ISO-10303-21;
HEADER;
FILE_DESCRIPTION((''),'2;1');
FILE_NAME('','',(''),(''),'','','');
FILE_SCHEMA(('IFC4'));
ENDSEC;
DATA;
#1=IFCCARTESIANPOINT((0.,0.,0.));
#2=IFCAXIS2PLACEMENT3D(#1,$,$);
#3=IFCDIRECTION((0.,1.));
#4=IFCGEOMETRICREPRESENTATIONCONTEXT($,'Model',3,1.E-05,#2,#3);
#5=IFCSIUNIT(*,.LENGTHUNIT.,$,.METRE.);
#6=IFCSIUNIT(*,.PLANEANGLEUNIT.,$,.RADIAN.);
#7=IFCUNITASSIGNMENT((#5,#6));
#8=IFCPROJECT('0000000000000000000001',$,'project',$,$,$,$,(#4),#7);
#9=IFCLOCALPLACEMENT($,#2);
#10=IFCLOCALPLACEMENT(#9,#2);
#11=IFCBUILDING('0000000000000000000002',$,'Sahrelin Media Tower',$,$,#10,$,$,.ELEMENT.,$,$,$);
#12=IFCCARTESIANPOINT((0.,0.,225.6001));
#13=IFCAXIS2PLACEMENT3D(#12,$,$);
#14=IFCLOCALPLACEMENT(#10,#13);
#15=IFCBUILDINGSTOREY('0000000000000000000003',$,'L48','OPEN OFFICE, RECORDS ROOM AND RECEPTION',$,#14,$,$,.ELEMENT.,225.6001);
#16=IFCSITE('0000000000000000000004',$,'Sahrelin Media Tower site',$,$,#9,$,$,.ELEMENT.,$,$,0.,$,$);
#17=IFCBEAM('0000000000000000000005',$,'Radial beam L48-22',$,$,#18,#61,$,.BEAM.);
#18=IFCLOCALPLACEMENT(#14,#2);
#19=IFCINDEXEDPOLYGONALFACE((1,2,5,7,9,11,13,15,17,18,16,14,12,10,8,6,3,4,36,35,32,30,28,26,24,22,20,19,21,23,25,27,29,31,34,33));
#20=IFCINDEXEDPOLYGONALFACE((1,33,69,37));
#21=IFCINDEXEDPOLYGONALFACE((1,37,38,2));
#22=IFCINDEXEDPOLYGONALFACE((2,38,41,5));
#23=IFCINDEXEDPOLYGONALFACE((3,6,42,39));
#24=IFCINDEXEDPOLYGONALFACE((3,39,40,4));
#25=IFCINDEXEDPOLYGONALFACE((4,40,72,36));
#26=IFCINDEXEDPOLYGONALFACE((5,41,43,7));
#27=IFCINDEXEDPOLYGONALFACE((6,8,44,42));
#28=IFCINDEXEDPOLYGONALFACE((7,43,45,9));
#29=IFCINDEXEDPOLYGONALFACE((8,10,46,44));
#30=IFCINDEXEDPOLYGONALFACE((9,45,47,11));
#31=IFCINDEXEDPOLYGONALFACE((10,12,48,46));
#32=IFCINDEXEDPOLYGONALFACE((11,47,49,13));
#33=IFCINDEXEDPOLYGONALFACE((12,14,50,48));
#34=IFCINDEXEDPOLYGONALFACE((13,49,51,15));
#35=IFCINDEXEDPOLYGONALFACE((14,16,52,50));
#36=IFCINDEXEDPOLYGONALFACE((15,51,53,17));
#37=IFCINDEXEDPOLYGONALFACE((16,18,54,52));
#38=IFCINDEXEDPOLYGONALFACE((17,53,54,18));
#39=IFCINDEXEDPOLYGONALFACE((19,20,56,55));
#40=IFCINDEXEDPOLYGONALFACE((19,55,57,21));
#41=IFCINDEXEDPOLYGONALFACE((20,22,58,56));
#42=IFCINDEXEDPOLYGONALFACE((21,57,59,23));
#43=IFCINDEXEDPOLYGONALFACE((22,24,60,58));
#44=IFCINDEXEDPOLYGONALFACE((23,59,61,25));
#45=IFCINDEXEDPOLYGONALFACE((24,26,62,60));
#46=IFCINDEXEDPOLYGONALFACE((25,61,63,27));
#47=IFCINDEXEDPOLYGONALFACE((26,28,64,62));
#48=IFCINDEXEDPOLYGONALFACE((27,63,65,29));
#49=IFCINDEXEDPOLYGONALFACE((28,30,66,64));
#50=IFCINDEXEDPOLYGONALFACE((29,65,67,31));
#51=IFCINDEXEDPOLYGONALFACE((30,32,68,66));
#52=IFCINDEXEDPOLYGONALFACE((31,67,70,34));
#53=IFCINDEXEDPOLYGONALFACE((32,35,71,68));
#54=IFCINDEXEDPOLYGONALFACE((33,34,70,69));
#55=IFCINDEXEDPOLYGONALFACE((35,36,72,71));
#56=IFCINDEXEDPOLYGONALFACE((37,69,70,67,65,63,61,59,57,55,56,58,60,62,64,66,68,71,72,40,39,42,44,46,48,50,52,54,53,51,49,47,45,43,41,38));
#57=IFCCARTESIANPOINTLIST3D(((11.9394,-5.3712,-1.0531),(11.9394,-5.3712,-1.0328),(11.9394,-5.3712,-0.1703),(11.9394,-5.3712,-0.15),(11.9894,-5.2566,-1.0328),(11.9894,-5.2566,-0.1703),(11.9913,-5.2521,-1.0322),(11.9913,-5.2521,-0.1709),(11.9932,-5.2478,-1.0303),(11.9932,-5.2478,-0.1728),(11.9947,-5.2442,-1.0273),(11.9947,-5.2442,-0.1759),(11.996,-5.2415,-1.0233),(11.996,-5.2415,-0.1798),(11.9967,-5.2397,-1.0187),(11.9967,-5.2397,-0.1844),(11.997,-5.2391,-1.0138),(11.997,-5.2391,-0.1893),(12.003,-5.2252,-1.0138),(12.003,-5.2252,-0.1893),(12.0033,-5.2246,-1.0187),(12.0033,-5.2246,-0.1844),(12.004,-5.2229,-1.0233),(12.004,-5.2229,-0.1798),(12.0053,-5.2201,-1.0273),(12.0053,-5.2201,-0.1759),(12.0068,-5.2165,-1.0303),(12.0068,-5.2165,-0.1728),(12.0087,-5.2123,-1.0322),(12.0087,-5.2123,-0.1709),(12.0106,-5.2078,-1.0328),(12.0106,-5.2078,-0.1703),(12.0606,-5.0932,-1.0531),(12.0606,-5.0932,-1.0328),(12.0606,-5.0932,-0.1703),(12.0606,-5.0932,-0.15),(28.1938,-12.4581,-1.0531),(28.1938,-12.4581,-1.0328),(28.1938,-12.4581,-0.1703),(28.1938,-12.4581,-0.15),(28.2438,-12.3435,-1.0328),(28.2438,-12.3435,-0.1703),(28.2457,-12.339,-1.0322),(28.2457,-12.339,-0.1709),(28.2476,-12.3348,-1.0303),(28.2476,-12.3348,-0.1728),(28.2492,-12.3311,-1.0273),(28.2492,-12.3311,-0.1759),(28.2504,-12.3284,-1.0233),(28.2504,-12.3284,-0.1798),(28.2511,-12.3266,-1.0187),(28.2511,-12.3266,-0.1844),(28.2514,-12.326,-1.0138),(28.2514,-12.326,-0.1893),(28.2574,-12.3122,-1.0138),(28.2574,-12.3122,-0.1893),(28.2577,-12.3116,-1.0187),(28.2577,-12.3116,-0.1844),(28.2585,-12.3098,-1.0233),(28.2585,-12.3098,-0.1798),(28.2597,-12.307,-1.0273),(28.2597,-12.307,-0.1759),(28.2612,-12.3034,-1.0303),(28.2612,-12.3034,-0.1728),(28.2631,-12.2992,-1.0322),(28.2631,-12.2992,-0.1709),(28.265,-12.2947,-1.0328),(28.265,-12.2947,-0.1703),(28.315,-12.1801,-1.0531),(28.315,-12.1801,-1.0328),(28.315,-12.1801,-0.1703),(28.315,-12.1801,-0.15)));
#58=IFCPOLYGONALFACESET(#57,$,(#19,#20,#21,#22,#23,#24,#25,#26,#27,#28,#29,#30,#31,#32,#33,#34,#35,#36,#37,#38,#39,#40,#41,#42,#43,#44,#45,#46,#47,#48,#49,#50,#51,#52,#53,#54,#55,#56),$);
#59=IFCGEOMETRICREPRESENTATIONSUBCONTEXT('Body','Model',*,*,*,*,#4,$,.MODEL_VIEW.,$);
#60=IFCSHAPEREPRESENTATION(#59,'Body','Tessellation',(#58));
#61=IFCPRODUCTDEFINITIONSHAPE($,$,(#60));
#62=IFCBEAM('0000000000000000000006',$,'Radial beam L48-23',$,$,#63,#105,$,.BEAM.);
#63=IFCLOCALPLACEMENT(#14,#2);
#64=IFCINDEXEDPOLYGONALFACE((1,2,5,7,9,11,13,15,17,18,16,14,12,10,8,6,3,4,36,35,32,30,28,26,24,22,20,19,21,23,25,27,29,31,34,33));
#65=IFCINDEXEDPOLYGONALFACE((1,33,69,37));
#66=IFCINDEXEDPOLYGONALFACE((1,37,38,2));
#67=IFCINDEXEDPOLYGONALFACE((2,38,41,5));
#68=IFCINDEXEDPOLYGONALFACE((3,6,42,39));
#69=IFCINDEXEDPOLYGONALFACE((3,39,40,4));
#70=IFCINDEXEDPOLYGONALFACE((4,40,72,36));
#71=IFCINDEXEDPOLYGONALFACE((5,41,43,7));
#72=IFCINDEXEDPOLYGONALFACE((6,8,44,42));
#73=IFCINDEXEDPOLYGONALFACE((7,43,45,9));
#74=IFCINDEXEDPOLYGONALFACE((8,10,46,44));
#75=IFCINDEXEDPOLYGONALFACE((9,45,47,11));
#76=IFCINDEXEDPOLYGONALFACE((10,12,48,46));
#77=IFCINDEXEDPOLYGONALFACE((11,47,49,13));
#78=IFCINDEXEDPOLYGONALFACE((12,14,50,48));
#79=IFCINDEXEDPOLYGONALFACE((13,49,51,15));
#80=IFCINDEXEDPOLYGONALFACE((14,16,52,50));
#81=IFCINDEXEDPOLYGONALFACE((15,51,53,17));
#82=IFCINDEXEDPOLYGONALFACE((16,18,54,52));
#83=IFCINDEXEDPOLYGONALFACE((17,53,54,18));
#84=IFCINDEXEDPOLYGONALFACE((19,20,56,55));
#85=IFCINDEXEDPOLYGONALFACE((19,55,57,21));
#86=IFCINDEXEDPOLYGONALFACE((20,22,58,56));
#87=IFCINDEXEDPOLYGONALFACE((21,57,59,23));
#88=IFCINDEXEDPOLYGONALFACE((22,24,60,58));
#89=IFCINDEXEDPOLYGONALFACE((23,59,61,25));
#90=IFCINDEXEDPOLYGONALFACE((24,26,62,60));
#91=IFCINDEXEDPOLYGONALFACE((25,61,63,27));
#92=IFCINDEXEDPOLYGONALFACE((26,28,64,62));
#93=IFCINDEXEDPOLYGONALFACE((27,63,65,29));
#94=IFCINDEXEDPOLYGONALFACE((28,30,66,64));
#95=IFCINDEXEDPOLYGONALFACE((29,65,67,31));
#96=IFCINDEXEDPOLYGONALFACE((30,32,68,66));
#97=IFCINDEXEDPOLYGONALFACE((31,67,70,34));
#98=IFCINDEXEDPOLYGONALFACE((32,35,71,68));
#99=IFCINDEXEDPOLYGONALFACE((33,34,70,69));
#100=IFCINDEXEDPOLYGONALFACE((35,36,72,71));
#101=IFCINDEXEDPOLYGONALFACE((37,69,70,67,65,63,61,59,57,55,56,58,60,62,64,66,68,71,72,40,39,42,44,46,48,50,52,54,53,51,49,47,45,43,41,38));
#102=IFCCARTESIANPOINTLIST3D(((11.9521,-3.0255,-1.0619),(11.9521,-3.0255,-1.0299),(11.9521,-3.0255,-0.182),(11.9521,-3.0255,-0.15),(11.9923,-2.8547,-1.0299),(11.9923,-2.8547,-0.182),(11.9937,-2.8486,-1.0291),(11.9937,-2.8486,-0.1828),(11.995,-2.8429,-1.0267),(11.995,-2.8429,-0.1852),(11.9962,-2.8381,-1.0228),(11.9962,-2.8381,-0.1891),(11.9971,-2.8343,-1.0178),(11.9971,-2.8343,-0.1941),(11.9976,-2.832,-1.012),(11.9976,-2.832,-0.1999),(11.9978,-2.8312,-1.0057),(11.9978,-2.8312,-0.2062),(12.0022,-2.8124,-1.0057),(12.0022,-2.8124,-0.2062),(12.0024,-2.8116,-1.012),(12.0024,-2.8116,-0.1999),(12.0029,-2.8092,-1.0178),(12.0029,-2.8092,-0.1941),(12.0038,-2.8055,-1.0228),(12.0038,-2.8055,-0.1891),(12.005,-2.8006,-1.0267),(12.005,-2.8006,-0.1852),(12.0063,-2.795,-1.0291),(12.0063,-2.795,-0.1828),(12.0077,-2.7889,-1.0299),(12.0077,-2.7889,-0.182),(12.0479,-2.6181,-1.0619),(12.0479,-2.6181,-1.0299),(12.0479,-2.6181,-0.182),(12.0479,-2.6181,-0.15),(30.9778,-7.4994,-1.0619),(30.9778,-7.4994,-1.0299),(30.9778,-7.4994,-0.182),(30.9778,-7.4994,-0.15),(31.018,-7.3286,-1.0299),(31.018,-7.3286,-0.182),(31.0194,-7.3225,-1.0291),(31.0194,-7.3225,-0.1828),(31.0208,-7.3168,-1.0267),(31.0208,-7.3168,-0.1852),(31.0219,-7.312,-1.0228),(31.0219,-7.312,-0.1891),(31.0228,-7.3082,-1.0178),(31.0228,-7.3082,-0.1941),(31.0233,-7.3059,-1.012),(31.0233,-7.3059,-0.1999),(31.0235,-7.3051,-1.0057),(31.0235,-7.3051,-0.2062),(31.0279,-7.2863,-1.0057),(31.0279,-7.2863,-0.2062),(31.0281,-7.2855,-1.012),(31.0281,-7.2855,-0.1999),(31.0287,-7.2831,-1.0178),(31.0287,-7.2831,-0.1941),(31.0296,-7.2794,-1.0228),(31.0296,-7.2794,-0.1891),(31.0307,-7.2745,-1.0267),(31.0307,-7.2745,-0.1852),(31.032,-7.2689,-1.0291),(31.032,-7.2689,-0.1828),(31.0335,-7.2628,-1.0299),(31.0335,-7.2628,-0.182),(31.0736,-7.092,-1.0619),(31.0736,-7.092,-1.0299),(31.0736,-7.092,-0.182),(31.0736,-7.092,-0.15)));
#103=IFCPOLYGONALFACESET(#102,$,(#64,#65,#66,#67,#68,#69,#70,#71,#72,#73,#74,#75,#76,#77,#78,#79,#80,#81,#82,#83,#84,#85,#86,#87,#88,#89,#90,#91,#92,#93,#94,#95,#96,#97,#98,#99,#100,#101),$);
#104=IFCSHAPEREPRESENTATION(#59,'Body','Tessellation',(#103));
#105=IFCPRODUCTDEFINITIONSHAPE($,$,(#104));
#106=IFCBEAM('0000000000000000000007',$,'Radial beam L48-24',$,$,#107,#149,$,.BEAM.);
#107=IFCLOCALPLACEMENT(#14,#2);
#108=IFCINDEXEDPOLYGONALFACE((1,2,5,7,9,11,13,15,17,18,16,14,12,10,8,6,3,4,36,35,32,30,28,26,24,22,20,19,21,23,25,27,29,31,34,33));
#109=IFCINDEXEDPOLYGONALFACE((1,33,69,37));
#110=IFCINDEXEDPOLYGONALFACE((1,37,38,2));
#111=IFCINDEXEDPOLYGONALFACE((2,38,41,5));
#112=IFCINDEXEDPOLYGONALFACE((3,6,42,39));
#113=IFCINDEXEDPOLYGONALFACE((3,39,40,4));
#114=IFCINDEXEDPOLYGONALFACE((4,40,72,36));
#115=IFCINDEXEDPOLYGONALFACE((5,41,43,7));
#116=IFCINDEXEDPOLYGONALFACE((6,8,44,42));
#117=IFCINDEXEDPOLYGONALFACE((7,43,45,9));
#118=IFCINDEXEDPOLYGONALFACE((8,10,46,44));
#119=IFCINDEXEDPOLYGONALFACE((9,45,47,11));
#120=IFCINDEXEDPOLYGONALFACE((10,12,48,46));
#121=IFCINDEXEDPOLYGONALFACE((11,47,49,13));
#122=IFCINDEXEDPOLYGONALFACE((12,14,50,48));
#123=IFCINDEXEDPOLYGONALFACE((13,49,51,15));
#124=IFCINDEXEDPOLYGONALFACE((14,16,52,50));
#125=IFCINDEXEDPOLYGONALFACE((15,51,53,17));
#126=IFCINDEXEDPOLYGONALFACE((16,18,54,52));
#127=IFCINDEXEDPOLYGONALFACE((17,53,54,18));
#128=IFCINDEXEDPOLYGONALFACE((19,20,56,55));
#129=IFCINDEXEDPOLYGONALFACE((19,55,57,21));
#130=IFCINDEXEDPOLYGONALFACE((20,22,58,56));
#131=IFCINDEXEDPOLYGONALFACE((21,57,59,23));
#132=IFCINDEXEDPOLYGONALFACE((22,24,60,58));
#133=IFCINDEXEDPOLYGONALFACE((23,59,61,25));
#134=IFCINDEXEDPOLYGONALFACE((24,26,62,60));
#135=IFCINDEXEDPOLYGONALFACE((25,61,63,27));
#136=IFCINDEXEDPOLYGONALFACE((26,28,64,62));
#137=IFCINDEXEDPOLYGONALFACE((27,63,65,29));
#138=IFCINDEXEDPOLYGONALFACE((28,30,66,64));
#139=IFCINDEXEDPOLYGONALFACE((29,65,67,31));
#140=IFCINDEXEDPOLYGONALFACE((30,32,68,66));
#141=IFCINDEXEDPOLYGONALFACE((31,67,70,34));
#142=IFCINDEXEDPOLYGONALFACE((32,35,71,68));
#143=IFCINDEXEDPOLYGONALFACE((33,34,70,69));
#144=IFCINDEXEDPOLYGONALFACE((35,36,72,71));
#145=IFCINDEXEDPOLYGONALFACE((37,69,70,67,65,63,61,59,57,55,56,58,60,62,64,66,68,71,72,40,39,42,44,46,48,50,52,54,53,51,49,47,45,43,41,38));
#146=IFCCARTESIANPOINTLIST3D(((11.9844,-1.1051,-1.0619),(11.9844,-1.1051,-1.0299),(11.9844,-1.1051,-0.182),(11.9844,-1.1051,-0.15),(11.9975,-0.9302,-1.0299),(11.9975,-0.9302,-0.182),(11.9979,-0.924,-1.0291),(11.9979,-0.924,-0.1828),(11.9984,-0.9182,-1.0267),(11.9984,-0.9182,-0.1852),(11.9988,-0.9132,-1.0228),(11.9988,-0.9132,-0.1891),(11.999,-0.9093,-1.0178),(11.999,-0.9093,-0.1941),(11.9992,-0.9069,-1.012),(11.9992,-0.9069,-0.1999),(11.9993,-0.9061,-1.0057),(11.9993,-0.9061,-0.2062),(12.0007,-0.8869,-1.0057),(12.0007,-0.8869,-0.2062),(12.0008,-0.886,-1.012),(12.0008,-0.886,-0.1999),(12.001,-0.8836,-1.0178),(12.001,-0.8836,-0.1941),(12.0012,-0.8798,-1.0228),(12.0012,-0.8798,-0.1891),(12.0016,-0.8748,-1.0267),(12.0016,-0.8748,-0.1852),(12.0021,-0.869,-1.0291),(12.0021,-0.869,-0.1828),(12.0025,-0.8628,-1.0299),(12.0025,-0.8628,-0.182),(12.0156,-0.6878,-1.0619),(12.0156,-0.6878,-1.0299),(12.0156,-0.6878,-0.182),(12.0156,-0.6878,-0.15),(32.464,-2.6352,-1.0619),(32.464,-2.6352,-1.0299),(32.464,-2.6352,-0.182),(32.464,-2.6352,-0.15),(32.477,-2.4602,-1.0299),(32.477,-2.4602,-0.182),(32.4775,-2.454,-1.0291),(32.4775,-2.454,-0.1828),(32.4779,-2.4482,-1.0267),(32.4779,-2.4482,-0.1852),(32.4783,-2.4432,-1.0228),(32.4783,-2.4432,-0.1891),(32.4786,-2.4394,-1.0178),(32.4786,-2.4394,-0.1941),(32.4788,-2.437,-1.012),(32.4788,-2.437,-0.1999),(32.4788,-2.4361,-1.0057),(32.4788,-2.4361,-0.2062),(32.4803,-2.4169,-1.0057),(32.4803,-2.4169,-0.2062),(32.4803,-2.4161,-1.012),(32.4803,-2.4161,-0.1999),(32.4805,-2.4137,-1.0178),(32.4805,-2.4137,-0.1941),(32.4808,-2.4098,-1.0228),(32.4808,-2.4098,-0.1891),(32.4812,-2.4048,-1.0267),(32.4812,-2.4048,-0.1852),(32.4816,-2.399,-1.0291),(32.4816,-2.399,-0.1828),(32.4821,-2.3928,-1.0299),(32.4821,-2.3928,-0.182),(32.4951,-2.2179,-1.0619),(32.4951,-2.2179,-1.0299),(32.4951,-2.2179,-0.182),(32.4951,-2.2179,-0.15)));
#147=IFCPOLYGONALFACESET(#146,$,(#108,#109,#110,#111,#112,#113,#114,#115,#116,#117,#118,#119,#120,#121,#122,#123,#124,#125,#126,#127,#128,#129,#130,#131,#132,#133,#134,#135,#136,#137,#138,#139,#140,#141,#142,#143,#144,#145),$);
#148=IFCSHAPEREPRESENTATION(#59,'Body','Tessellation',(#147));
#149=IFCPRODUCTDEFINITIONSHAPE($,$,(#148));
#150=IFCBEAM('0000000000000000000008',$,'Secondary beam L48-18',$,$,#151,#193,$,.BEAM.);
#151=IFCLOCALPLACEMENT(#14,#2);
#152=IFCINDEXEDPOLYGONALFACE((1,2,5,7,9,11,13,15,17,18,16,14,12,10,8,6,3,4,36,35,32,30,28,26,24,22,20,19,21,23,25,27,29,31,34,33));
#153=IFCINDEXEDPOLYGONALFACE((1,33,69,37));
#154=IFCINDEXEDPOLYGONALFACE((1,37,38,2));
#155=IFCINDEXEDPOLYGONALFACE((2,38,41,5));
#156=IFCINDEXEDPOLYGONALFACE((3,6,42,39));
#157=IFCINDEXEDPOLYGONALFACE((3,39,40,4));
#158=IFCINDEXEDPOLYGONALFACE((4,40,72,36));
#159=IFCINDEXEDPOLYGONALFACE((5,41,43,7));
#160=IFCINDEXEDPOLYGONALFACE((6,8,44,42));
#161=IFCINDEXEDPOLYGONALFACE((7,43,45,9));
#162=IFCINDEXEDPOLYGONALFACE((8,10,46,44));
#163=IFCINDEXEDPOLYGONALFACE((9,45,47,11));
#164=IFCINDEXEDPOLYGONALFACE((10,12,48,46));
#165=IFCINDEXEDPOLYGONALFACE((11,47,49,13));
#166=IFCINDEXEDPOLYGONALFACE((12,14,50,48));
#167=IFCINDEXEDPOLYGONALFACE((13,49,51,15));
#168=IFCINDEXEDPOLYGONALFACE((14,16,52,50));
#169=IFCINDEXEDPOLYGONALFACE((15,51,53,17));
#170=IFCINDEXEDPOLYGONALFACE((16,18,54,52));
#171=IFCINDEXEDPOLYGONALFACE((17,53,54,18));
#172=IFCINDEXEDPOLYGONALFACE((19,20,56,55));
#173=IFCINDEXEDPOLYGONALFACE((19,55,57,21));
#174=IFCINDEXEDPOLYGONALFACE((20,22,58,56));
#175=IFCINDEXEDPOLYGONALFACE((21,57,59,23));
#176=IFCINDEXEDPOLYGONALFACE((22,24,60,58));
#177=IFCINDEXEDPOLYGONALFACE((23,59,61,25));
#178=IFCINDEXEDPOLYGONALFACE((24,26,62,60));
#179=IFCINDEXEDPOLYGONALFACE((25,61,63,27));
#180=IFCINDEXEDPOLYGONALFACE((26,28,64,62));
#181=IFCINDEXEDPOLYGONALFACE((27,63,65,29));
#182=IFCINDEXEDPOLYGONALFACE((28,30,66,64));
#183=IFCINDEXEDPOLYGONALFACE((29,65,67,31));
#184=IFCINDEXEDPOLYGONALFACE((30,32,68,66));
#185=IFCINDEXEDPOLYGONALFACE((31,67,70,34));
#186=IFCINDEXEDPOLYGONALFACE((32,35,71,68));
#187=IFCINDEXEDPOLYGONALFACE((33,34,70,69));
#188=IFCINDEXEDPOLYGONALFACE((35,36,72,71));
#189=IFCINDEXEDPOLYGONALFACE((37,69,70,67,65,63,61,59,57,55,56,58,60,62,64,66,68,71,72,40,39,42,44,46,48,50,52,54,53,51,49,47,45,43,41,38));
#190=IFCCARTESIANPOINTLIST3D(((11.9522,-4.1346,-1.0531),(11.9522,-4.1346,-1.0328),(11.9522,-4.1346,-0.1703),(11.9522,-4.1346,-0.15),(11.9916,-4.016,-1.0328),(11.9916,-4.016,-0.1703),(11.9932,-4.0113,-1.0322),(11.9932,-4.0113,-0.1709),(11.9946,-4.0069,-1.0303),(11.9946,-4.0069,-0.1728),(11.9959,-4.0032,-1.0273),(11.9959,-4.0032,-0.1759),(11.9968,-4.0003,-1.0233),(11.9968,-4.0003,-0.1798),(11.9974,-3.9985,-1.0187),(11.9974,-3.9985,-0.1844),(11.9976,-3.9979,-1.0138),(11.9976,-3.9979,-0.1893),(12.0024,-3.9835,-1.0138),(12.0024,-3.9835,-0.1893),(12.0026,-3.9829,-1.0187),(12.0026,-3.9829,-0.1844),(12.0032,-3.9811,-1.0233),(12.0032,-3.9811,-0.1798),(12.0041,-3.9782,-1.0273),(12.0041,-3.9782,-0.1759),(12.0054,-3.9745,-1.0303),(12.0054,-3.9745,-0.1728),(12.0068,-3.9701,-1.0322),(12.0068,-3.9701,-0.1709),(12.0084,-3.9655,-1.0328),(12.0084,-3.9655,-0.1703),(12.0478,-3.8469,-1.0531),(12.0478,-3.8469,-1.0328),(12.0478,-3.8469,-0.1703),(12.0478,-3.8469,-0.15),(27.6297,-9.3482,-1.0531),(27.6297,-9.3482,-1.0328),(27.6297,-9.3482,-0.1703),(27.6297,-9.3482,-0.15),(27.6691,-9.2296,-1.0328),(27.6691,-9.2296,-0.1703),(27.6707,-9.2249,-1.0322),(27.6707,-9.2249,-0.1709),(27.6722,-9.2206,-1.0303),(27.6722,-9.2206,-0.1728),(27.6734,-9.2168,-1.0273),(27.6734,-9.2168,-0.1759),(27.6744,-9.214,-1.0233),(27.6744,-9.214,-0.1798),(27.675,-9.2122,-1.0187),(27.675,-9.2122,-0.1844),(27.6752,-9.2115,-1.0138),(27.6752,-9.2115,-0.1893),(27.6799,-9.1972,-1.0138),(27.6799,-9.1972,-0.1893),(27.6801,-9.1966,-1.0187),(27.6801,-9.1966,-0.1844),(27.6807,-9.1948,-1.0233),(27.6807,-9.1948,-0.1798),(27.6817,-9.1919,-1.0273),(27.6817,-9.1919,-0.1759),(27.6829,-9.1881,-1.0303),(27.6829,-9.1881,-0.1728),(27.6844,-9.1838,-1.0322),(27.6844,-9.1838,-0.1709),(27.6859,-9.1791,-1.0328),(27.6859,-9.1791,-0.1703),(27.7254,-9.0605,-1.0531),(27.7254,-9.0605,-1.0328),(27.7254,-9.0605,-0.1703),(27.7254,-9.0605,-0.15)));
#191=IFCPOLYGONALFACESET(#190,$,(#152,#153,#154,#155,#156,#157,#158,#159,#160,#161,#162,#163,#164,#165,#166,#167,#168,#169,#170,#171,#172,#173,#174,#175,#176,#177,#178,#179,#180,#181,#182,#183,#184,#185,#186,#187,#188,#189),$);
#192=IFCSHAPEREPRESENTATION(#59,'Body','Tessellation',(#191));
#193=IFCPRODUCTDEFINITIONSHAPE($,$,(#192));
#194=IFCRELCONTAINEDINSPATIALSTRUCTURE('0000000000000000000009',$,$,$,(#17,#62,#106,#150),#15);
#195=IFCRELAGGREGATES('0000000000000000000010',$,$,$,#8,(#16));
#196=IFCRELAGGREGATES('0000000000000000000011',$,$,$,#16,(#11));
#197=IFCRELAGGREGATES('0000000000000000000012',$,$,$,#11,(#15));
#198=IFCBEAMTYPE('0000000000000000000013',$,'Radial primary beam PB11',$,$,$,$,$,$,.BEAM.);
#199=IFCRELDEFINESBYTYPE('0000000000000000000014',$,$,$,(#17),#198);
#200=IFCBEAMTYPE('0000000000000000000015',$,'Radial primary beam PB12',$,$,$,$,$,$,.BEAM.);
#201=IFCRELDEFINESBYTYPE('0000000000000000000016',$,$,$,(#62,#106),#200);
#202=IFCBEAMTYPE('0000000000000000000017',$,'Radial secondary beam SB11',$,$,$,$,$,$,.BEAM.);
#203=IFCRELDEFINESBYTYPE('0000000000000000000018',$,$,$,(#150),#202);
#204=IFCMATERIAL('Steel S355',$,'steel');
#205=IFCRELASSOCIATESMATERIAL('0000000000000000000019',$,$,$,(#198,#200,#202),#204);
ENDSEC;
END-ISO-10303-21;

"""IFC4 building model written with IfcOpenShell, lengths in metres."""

from ifc_helpers import new_model, si_unit, direction, frame, origin, origin_2d, place, context, subcontext, project, spatial, i_section, extrude, material, material_profile, profile_set, type_object, element, save


model = new_model("IFC4")

# Units and contexts
model_context = context("Model", 3, precision=1e-05, world=origin(), true_north=direction((0.0, 1.0)))
body_context = subcontext(model_context, "Body", "Model", "MODEL_VIEW")
ifc_project = project(units=[si_unit("LENGTHUNIT", "METRE"), si_unit("PLANEANGLEUNIT", "RADIAN")], contexts=[model_context])

# Site, building, storey
site_placement = place(None, origin())
site = spatial("IfcSite", under=ifc_project, at=site_placement, Name="Sahrelin Media Tower site", CompositionType="ELEMENT", RefElevation=0.0)
building_placement = place(site_placement, origin())
building = spatial("IfcBuilding", under=site, at=building_placement, Name="Sahrelin Media Tower", CompositionType="ELEMENT")
storey_placement = place(building_placement, frame((0.0, 0.0, 225.6001)))
storey = spatial("IfcBuildingStorey", under=building, at=storey_placement, Name="L48", Description="OPEN OFFICE, RECORDS ROOM AND RECEPTION", CompositionType="ELEMENT", Elevation=225.6001)

# Beams
ifc_material_1 = material(Name="Steel S355", Category="steel")
ifc_material_profile_1 = material_profile(ifc_material_1, i_section(OverallWidth=0.3032, OverallDepth=0.9031, WebThickness=0.0151, FlangeThickness=0.0203, FilletRadius=0.019, at=origin_2d()), Name="UB 914x305x201")
ifc_profile_set_1 = profile_set([ifc_material_profile_1], Name="Steel S355")
beam_type_1 = type_object("IfcBeamType", Name="Radial primary beam PB11", PredefinedType="BEAM", material=ifc_profile_set_1)
beam_1_placement = place(storey_placement, frame((12.0, -5.2322, -0.6016), z_axis=(0.916662, -0.399664, 0.0), x_axis=(0.399664, 0.916662, 0.0)))
element("IfcBeam", 1, at=beam_1_placement, inside=storey, type_object=beam_type_1, Name="Radial beam L48-22", PredefinedType="BEAM", context=body_context, shape_type="SweptSolid", body=[
    extrude(i_section(OverallWidth=0.3032, OverallDepth=0.9031, WebThickness=0.0151, FlangeThickness=0.0203, FilletRadius=0.019, at=origin_2d()), origin(), (0.0, 0.0, 1.0), 17.7322),
])
ifc_material_profile_2 = material_profile(ifc_material_1, i_section(OverallWidth=0.4185, OverallDepth=0.9119, WebThickness=0.0193, FlangeThickness=0.032, FilletRadius=0.0242, at=origin_2d()), Name="UB 914x419x343")
ifc_profile_set_2 = profile_set([ifc_material_profile_2], Name="Steel S355")
beam_type_2 = type_object("IfcBeamType", Name="Radial primary beam PB12", PredefinedType="BEAM", material=ifc_profile_set_2)
beam_2_placement = place(storey_placement, frame((12.0, -2.8218, -0.606), z_axis=(0.973448, -0.228906, 0.0), x_axis=(0.228906, 0.973448, 0.0)))
element("IfcBeam", 2, at=beam_2_placement, inside=storey, type_object=beam_type_2, Name="Radial beam L48-23", PredefinedType="BEAM", context=body_context, shape_type="SweptSolid", body=[
    extrude(i_section(OverallWidth=0.4185, OverallDepth=0.9119, WebThickness=0.0193, FlangeThickness=0.032, FilletRadius=0.0242, at=origin_2d()), origin(), (0.0, 0.0, 1.0), 19.5447),
])
beam_3_placement = place(storey_placement, frame((12.0, -0.8965, -0.606), z_axis=(0.997221, -0.074503, 0.0), x_axis=(0.074503, 0.997221, 0.0)))
element("IfcBeam", 3, at=beam_3_placement, inside=storey, type_object=beam_type_2, Name="Radial beam L48-24", PredefinedType="BEAM", context=body_context, shape_type="SweptSolid", body=[
    extrude(i_section(OverallWidth=0.4185, OverallDepth=0.9119, WebThickness=0.0193, FlangeThickness=0.032, FilletRadius=0.0242, at=origin_2d()), origin(), (0.0, 0.0, 1.0), 20.5366),
])
ifc_material_profile_3 = material_profile(ifc_material_1, i_section(OverallWidth=0.3032, OverallDepth=0.9031, WebThickness=0.0151, FlangeThickness=0.0203, FilletRadius=0.019, at=origin_2d()), Name="UB 914x305x201")
ifc_profile_set_3 = profile_set([ifc_material_profile_3], Name="Steel S355")
beam_type_3 = type_object("IfcBeamType", Name="Radial secondary beam SB11", PredefinedType="BEAM", material=ifc_profile_set_3)
beam_4_placement = place(storey_placement, frame((12.0, -3.9907, -0.6016), z_axis=(0.948905, -0.315563, 0.0), x_axis=(0.315563, 0.948905, 0.0)))
element("IfcBeam", 4, at=beam_4_placement, inside=storey, type_object=beam_type_3, Name="Secondary beam L48-18", PredefinedType="BEAM", context=body_context, shape_type="SweptSolid", body=[
    extrude(i_section(OverallWidth=0.3032, OverallDepth=0.9031, WebThickness=0.0151, FlangeThickness=0.0203, FilletRadius=0.019, at=origin_2d()), origin(), (0.0, 0.0, 1.0), 16.5217),
])

save(model, "model.ifc")
